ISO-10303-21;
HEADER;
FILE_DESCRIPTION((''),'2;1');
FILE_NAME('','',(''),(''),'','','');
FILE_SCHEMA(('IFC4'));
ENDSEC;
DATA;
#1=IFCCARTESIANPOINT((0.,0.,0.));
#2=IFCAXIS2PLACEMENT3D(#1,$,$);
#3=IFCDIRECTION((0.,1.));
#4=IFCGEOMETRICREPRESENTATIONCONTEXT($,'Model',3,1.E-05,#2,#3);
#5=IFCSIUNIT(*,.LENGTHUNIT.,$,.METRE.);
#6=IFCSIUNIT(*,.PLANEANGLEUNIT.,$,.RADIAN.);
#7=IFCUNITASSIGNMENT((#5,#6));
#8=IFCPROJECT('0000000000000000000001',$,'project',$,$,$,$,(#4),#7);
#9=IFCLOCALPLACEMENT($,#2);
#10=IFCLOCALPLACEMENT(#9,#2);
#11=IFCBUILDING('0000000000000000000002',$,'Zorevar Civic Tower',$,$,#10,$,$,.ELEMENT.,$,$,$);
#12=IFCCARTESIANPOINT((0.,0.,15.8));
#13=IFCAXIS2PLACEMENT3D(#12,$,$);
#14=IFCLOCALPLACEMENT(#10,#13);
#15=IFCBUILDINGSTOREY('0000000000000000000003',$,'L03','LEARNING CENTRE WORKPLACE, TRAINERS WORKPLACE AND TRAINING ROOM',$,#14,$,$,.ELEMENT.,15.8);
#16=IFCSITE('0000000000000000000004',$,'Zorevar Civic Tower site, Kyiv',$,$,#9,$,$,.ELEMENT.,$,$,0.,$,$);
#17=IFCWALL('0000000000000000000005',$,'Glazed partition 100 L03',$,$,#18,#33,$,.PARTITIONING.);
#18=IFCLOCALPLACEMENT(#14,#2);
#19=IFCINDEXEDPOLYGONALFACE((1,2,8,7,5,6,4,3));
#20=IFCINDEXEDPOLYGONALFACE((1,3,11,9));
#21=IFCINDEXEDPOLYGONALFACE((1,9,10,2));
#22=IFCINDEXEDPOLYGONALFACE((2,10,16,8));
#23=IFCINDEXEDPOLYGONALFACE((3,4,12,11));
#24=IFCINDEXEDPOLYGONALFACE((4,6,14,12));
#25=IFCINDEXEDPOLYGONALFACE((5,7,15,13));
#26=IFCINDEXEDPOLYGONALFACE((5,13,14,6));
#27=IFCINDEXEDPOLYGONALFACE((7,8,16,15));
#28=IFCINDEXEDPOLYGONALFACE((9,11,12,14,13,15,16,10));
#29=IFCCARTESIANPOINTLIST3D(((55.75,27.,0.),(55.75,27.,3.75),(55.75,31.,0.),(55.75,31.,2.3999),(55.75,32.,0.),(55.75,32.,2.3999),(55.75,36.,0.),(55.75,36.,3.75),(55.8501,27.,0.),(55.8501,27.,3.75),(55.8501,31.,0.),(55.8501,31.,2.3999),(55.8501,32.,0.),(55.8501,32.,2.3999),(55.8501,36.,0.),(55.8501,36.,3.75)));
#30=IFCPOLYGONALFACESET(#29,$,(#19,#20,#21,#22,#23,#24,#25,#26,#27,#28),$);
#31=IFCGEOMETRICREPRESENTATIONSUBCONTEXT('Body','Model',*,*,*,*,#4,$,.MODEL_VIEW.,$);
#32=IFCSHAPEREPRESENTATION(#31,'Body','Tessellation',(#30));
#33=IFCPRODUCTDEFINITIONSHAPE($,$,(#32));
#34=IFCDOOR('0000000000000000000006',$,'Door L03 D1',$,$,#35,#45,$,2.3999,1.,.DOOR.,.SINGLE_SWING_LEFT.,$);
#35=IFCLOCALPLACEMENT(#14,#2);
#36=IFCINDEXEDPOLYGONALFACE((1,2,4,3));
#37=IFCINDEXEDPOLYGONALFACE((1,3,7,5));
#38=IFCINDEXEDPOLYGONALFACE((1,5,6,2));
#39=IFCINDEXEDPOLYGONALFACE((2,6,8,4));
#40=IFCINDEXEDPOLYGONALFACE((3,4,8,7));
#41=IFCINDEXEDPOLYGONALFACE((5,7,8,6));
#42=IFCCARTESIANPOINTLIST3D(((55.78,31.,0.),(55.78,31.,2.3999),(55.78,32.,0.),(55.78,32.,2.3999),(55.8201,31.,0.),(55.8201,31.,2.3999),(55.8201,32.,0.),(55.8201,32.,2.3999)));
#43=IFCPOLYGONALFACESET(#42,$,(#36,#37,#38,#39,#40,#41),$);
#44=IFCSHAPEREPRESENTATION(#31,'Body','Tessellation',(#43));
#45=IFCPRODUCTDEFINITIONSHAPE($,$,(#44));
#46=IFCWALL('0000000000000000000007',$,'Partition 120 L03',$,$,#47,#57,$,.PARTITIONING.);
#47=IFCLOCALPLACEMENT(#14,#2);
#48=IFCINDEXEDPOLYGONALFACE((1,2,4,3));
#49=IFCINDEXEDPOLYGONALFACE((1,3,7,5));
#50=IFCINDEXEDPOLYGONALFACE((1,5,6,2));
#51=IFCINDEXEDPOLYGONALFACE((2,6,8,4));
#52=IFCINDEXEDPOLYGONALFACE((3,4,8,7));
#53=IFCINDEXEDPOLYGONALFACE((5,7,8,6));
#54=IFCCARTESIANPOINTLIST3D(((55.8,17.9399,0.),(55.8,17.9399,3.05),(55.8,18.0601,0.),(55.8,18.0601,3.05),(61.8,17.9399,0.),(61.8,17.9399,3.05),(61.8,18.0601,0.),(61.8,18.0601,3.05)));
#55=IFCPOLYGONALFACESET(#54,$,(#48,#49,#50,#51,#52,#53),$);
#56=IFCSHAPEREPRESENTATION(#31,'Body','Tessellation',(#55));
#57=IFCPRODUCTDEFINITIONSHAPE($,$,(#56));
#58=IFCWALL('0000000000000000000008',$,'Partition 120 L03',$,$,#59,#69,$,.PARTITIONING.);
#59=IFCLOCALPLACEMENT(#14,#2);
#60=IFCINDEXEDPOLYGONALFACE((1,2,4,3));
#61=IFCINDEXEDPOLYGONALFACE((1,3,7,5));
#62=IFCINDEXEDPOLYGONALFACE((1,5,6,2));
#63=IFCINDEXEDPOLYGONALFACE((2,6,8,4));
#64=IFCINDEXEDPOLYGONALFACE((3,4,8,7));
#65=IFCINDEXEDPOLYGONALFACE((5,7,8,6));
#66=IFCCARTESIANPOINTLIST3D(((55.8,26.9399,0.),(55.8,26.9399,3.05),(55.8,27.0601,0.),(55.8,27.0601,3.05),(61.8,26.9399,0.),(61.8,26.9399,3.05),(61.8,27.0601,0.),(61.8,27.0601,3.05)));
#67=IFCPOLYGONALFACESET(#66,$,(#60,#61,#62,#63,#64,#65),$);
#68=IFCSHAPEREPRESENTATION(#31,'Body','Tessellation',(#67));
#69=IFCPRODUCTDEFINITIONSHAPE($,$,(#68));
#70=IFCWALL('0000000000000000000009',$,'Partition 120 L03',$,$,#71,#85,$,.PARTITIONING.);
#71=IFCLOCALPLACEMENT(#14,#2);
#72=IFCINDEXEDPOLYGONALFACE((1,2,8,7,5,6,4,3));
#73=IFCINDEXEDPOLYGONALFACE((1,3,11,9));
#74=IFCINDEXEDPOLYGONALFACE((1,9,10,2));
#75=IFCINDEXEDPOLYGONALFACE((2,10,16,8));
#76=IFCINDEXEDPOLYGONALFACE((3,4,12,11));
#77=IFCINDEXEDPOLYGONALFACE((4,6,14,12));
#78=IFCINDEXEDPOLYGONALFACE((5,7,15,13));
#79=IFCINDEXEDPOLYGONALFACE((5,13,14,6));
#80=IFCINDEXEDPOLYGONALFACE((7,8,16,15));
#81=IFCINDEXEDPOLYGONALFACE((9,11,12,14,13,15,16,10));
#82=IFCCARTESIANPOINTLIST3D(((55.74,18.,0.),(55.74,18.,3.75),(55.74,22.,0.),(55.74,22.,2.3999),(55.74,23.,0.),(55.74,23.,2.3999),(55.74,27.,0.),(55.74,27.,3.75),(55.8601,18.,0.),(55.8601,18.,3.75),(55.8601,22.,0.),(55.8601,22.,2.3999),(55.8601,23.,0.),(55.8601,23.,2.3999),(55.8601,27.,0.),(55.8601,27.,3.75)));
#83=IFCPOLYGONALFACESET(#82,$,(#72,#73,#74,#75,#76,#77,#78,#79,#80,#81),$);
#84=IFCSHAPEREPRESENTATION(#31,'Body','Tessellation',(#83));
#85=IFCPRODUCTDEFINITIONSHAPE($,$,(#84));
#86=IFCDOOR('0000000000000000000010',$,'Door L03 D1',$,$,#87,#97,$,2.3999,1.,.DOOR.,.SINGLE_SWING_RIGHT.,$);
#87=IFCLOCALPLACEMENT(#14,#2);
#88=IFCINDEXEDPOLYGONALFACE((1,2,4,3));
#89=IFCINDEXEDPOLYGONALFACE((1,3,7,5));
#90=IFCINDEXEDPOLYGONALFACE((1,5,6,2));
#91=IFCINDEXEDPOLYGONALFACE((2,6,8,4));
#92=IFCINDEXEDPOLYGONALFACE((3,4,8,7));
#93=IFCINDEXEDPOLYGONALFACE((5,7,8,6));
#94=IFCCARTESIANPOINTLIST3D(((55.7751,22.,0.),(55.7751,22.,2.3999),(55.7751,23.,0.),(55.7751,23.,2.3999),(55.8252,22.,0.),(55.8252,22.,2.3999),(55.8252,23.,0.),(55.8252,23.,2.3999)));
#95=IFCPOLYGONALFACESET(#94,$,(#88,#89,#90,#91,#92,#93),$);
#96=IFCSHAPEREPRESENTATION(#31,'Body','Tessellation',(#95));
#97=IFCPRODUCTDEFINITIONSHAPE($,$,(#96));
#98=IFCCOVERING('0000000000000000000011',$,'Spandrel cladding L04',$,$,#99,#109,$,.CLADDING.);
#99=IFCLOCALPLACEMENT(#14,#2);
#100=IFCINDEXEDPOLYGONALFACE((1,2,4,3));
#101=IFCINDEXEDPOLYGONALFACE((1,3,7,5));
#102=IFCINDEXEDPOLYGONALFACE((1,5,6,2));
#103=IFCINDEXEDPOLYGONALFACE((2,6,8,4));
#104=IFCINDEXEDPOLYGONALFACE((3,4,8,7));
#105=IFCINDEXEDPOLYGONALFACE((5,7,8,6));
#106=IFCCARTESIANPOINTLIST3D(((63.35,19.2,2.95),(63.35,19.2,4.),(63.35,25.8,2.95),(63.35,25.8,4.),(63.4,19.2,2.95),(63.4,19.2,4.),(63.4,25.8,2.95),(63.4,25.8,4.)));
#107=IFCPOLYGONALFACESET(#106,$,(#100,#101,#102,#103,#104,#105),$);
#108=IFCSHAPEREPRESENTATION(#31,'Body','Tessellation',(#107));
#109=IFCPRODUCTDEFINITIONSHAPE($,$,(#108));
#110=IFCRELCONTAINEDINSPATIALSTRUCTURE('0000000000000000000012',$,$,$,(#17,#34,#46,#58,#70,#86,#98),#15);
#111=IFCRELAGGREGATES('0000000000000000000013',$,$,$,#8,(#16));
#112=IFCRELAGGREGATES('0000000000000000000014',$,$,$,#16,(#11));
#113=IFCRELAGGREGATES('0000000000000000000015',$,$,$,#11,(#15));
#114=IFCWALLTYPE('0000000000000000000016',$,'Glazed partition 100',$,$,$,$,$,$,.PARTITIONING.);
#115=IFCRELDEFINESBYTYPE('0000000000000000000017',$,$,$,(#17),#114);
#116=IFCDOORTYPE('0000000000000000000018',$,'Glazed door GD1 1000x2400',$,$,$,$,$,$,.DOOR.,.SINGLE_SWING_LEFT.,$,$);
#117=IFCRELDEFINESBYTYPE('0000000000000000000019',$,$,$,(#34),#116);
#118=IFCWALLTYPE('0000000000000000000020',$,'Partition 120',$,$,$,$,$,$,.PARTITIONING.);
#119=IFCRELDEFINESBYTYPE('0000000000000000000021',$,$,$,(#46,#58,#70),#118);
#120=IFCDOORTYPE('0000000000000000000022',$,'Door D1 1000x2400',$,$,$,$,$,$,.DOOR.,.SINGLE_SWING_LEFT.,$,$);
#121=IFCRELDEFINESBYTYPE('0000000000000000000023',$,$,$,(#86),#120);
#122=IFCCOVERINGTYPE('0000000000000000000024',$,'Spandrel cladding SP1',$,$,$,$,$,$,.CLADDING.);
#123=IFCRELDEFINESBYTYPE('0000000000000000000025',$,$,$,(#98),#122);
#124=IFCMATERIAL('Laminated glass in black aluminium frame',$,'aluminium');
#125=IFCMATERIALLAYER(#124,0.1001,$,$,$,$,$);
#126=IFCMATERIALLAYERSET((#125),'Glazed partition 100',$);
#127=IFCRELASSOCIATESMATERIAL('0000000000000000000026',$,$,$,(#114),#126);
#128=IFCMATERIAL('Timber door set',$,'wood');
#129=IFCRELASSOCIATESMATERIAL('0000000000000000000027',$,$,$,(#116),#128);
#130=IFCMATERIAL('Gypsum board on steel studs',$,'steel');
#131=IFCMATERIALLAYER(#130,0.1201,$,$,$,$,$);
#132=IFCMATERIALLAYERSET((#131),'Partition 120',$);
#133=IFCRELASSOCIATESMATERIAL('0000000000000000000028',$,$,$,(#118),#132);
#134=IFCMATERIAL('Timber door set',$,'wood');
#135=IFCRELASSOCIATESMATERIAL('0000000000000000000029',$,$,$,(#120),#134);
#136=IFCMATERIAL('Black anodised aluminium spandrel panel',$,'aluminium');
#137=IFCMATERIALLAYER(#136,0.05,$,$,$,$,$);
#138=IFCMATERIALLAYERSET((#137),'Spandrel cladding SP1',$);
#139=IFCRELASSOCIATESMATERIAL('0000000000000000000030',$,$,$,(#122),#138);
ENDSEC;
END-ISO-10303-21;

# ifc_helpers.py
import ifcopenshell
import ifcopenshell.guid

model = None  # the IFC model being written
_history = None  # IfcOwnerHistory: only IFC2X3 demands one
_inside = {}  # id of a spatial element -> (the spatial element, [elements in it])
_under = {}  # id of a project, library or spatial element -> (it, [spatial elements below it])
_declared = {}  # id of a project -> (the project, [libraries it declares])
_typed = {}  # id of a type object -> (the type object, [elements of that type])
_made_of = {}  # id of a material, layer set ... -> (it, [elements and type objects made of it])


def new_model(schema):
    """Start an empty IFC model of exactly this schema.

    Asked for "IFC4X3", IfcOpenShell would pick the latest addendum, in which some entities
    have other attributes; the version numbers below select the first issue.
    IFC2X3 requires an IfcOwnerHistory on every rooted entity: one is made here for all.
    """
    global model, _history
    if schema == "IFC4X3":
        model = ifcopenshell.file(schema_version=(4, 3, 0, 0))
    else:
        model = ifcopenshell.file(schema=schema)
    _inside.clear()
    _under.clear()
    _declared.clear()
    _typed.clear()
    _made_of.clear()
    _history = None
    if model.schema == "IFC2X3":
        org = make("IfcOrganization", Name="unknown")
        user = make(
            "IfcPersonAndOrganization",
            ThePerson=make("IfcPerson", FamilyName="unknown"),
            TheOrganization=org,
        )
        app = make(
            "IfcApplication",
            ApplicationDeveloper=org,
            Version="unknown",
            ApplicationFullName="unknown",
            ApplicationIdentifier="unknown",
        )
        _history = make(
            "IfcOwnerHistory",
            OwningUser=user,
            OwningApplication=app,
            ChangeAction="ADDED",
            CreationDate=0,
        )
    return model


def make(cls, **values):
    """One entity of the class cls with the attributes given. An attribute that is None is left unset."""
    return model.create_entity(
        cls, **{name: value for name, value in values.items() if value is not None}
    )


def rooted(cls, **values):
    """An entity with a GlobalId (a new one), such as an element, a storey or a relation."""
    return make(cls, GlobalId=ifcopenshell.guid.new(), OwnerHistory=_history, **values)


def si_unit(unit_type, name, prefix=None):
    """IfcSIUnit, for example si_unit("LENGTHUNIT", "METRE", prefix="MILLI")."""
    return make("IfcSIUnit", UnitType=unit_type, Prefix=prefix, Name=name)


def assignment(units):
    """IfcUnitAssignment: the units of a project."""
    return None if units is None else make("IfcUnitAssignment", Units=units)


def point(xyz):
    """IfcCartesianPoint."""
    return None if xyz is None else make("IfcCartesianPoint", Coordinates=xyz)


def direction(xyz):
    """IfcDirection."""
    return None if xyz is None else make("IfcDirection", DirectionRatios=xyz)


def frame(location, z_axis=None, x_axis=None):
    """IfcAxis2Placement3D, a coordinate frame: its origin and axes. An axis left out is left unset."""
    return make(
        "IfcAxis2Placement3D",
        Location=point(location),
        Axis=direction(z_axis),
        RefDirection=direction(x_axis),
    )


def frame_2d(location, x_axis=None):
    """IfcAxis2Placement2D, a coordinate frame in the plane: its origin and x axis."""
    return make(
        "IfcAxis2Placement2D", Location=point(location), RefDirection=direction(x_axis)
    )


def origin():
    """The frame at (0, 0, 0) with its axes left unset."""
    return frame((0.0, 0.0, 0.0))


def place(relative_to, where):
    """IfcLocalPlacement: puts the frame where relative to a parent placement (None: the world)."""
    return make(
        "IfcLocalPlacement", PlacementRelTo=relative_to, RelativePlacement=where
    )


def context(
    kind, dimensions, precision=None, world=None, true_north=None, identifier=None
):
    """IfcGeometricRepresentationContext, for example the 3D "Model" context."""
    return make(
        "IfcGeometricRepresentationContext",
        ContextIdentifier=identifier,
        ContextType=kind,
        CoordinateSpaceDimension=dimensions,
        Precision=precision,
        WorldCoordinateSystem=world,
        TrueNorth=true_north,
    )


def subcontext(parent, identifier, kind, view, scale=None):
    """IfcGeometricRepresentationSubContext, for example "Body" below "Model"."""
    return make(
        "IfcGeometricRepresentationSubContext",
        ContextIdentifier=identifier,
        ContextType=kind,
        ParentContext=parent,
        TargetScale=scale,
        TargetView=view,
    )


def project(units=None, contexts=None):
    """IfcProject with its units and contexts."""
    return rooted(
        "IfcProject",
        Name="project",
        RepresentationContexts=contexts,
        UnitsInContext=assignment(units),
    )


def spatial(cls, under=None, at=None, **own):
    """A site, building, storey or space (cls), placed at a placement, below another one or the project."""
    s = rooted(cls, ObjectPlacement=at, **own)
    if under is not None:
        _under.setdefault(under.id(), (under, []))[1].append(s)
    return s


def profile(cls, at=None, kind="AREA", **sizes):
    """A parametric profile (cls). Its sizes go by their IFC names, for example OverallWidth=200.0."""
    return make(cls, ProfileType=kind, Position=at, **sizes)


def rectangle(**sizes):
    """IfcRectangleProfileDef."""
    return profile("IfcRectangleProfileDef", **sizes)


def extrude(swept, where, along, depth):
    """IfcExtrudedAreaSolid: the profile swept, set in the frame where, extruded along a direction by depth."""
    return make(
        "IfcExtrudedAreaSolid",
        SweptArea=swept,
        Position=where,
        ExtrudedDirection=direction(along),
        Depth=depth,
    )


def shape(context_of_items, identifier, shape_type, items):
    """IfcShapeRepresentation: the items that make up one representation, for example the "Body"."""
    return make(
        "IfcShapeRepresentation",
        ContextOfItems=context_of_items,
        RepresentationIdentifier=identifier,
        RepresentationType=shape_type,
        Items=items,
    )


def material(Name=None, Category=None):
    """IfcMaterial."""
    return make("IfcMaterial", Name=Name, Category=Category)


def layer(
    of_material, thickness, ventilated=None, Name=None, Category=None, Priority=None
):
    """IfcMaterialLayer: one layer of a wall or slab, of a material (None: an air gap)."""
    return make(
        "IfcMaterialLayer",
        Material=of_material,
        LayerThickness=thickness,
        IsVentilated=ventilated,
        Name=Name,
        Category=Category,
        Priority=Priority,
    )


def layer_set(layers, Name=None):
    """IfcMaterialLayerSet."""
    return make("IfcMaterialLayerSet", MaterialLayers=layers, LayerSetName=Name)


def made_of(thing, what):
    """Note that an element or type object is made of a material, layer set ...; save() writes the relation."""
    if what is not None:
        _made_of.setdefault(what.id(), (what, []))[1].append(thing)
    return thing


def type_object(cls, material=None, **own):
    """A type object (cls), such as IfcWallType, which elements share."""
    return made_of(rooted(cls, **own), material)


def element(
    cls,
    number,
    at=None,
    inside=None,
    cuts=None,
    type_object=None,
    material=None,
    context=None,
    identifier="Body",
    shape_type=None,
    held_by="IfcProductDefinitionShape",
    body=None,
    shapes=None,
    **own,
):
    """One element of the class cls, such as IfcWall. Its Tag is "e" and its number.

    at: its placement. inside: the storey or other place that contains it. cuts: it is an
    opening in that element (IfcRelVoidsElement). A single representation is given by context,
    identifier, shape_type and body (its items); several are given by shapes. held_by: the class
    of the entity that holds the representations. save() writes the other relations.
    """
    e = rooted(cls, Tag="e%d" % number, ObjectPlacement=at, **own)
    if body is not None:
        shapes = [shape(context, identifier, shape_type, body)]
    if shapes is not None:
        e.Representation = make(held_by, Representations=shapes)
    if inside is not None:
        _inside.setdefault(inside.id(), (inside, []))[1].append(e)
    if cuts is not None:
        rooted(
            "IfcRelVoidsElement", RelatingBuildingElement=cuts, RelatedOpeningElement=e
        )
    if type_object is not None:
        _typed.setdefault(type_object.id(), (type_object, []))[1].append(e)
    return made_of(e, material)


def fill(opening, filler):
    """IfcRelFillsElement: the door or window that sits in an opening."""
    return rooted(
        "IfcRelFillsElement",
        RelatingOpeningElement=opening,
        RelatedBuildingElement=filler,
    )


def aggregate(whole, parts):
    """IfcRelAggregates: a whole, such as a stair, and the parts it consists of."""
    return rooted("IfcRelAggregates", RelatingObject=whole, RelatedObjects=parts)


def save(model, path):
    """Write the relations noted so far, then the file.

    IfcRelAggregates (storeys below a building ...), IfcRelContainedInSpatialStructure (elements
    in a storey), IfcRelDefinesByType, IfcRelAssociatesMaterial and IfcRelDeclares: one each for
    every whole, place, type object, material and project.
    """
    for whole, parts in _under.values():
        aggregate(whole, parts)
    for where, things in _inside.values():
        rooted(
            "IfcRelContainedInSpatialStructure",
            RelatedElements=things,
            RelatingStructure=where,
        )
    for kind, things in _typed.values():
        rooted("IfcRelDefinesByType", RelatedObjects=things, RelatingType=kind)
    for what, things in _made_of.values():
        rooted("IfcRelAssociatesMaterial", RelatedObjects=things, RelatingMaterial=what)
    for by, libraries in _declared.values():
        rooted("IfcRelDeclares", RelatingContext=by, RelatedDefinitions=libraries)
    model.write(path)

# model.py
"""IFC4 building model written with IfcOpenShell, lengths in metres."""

from ifc_helpers import new_model, si_unit, direction, frame, frame_2d, origin, place, context, subcontext, project, spatial, rectangle, extrude, material, layer, layer_set, type_object, element, fill, save


model = new_model("IFC4")

# Units and contexts
model_context = context("Model", 3, precision=1e-05, world=origin(), true_north=direction((0.0, 1.0)))
body_context = subcontext(model_context, "Body", "Model", "MODEL_VIEW")
ifc_project = project(units=[si_unit("LENGTHUNIT", "METRE"), si_unit("PLANEANGLEUNIT", "RADIAN")], contexts=[model_context])

# Site, building, storey
site_placement = place(None, origin())
site = spatial("IfcSite", under=ifc_project, at=site_placement, Name="Zorevar Civic Tower site, Kyiv", CompositionType="ELEMENT", RefElevation=0.0)
building_placement = place(site_placement, origin())
building = spatial("IfcBuilding", under=site, at=building_placement, Name="Zorevar Civic Tower", CompositionType="ELEMENT")
storey_placement = place(building_placement, frame((0.0, 0.0, 15.8)))
storey = spatial("IfcBuildingStorey", under=building, at=storey_placement, Name="L03", Description="LEARNING CENTRE WORKPLACE, TRAINERS WORKPLACE AND TRAINING ROOM", CompositionType="ELEMENT", Elevation=15.8)

# Shared definitions
ifc_material_1 = material(Name="Laminated glass in black aluminium frame", Category="aluminium")
ifc_layer_1 = layer(ifc_material_1, 0.1001)
ifc_layer_set_1 = layer_set([ifc_layer_1], Name="Glazed partition 100")
wall_type_1 = type_object("IfcWallType", Name="Glazed partition 100", PredefinedType="PARTITIONING", material=ifc_layer_set_1)

# Wall, opening, door
wall_1_placement = place(storey_placement, frame((55.8, 27.0, 0.0), z_axis=(0.0, 0.0, 1.0), x_axis=(0.0, 1.0, 0.0)))
wall_1 = element("IfcWall", 1, at=wall_1_placement, inside=storey, type_object=wall_type_1, Name="Glazed partition 100 L03", PredefinedType="PARTITIONING", context=body_context, shape_type="SweptSolid", body=[
    extrude(rectangle(XDim=9.0, YDim=0.1001, at=frame_2d((4.5, 0.0))), origin(), (0.0, 0.0, 1.0), 3.75),
])
opening_1_placement = place(wall_1_placement, frame((4.0, 0.0, 0.0)))
opening_1 = element("IfcOpeningElement", 2, at=opening_1_placement, cuts=wall_1, PredefinedType="OPENING", context=body_context, shape_type="SweptSolid", body=[
    extrude(rectangle(XDim=1.0, YDim=2.3999, at=frame_2d((0.5, 1.2))), frame((0.0, 0.0601, 0.0), z_axis=(0.0, -1.0, 0.0), x_axis=(1.0, 0.0, 0.0)), (0.0, 0.0, 1.0), 0.1201),
])
ifc_material_2 = material(Name="Timber door set", Category="wood")
door_type_1 = type_object("IfcDoorType", Name="Glazed door GD1 1000x2400", OperationType="SINGLE_SWING_LEFT", PredefinedType="DOOR", material=ifc_material_2)
door_1_placement = place(opening_1_placement, origin())
door_1 = element("IfcDoor", 3, at=door_1_placement, inside=storey, type_object=door_type_1, Name="Door L03 D1", OperationType="SINGLE_SWING_LEFT", OverallHeight=2.3999, OverallWidth=1.0, PredefinedType="DOOR", context=body_context, shape_type="SweptSolid", body=[
    extrude(rectangle(XDim=1.0, YDim=2.3999, at=frame_2d((0.5, 1.2))), frame((0.0, 0.02, 0.0), z_axis=(0.0, -1.0, 0.0), x_axis=(1.0, 0.0, 0.0)), (0.0, 0.0, 1.0), 0.04),
])
fill(opening_1, door_1)

# Walls
ifc_material_3 = material(Name="Gypsum board on steel studs", Category="steel")
ifc_layer_2 = layer(ifc_material_3, 0.1201)
ifc_layer_set_2 = layer_set([ifc_layer_2], Name="Partition 120")
wall_type_2 = type_object("IfcWallType", Name="Partition 120", PredefinedType="PARTITIONING", material=ifc_layer_set_2)
for number, where, z_axis, x_axis, name in (
    (4, (55.8, 18.0, 0.0), (0.0, 0.0, 1.0), (1.0, 0.0, 0.0), "Partition 120 L03"),
    (5, (55.8, 27.0, 0.0), (0.0, 0.0, 1.0), (1.0, 0.0, 0.0), "Partition 120 L03"),
):
    element("IfcWall", number, at=place(storey_placement, frame(where, z_axis=z_axis, x_axis=x_axis)), inside=storey, type_object=wall_type_2, Name=name, PredefinedType="PARTITIONING", context=body_context, shape_type="SweptSolid", body=[
        extrude(rectangle(XDim=6.0, YDim=0.1201, at=frame_2d((3.0, 0.0))), origin(), (0.0, 0.0, 1.0), 3.05),
    ])

# Wall, opening, door
wall_2_placement = place(storey_placement, frame((55.8, 18.0, 0.0), z_axis=(0.0, 0.0, 1.0), x_axis=(0.0, 1.0, 0.0)))
wall_2 = element("IfcWall", 6, at=wall_2_placement, inside=storey, type_object=wall_type_2, Name="Partition 120 L03", PredefinedType="PARTITIONING", context=body_context, shape_type="SweptSolid", body=[
    extrude(rectangle(XDim=9.0, YDim=0.1201, at=frame_2d((4.5, 0.0))), origin(), (0.0, 0.0, 1.0), 3.75),
])
opening_2_placement = place(wall_2_placement, frame((4.0, 0.0, 0.0)))
opening_2 = element("IfcOpeningElement", 7, at=opening_2_placement, cuts=wall_2, PredefinedType="OPENING", context=body_context, shape_type="SweptSolid", body=[
    extrude(rectangle(XDim=1.0, YDim=2.3999, at=frame_2d((0.5, 1.2))), frame((0.0, 0.0701, 0.0), z_axis=(0.0, -1.0, 0.0), x_axis=(1.0, 0.0, 0.0)), (0.0, 0.0, 1.0), 0.1401),
])
ifc_material_4 = material(Name="Timber door set", Category="wood")
door_type_2 = type_object("IfcDoorType", Name="Door D1 1000x2400", OperationType="SINGLE_SWING_LEFT", PredefinedType="DOOR", material=ifc_material_4)
door_2_placement = place(opening_2_placement, origin())
door_2 = element("IfcDoor", 8, at=door_2_placement, inside=storey, type_object=door_type_2, Name="Door L03 D1", OperationType="SINGLE_SWING_RIGHT", OverallHeight=2.3999, OverallWidth=1.0, PredefinedType="DOOR", context=body_context, shape_type="SweptSolid", body=[
    extrude(rectangle(XDim=1.0, YDim=2.3999, at=frame_2d((0.5, 1.2))), frame((0.0, 0.0249, 0.0), z_axis=(0.0, -1.0, 0.0), x_axis=(1.0, 0.0, 0.0)), (0.0, 0.0, 1.0), 0.05),
])
fill(opening_2, door_2)

# Covering
ifc_material_5 = material(Name="Black anodised aluminium spandrel panel", Category="aluminium")
ifc_layer_3 = layer(ifc_material_5, 0.05)
ifc_layer_set_3 = layer_set([ifc_layer_3], Name="Spandrel cladding SP1")
covering_type = type_object("IfcCoveringType", Name="Spandrel cladding SP1", PredefinedType="CLADDING", material=ifc_layer_set_3)
covering_placement = place(storey_placement, frame((63.375, 19.2, 2.95), z_axis=(0.0, 0.0, 1.0), x_axis=(0.0, 1.0, 0.0)))
element("IfcCovering", 9, at=covering_placement, inside=storey, type_object=covering_type, Name="Spandrel cladding L04", PredefinedType="CLADDING", context=body_context, shape_type="SweptSolid", body=[
    extrude(rectangle(XDim=6.6001, YDim=0.05, at=frame_2d((3.3, 0.0))), origin(), (0.0, 0.0, 1.0), 1.05),
])

save(model, "model.ifc")
